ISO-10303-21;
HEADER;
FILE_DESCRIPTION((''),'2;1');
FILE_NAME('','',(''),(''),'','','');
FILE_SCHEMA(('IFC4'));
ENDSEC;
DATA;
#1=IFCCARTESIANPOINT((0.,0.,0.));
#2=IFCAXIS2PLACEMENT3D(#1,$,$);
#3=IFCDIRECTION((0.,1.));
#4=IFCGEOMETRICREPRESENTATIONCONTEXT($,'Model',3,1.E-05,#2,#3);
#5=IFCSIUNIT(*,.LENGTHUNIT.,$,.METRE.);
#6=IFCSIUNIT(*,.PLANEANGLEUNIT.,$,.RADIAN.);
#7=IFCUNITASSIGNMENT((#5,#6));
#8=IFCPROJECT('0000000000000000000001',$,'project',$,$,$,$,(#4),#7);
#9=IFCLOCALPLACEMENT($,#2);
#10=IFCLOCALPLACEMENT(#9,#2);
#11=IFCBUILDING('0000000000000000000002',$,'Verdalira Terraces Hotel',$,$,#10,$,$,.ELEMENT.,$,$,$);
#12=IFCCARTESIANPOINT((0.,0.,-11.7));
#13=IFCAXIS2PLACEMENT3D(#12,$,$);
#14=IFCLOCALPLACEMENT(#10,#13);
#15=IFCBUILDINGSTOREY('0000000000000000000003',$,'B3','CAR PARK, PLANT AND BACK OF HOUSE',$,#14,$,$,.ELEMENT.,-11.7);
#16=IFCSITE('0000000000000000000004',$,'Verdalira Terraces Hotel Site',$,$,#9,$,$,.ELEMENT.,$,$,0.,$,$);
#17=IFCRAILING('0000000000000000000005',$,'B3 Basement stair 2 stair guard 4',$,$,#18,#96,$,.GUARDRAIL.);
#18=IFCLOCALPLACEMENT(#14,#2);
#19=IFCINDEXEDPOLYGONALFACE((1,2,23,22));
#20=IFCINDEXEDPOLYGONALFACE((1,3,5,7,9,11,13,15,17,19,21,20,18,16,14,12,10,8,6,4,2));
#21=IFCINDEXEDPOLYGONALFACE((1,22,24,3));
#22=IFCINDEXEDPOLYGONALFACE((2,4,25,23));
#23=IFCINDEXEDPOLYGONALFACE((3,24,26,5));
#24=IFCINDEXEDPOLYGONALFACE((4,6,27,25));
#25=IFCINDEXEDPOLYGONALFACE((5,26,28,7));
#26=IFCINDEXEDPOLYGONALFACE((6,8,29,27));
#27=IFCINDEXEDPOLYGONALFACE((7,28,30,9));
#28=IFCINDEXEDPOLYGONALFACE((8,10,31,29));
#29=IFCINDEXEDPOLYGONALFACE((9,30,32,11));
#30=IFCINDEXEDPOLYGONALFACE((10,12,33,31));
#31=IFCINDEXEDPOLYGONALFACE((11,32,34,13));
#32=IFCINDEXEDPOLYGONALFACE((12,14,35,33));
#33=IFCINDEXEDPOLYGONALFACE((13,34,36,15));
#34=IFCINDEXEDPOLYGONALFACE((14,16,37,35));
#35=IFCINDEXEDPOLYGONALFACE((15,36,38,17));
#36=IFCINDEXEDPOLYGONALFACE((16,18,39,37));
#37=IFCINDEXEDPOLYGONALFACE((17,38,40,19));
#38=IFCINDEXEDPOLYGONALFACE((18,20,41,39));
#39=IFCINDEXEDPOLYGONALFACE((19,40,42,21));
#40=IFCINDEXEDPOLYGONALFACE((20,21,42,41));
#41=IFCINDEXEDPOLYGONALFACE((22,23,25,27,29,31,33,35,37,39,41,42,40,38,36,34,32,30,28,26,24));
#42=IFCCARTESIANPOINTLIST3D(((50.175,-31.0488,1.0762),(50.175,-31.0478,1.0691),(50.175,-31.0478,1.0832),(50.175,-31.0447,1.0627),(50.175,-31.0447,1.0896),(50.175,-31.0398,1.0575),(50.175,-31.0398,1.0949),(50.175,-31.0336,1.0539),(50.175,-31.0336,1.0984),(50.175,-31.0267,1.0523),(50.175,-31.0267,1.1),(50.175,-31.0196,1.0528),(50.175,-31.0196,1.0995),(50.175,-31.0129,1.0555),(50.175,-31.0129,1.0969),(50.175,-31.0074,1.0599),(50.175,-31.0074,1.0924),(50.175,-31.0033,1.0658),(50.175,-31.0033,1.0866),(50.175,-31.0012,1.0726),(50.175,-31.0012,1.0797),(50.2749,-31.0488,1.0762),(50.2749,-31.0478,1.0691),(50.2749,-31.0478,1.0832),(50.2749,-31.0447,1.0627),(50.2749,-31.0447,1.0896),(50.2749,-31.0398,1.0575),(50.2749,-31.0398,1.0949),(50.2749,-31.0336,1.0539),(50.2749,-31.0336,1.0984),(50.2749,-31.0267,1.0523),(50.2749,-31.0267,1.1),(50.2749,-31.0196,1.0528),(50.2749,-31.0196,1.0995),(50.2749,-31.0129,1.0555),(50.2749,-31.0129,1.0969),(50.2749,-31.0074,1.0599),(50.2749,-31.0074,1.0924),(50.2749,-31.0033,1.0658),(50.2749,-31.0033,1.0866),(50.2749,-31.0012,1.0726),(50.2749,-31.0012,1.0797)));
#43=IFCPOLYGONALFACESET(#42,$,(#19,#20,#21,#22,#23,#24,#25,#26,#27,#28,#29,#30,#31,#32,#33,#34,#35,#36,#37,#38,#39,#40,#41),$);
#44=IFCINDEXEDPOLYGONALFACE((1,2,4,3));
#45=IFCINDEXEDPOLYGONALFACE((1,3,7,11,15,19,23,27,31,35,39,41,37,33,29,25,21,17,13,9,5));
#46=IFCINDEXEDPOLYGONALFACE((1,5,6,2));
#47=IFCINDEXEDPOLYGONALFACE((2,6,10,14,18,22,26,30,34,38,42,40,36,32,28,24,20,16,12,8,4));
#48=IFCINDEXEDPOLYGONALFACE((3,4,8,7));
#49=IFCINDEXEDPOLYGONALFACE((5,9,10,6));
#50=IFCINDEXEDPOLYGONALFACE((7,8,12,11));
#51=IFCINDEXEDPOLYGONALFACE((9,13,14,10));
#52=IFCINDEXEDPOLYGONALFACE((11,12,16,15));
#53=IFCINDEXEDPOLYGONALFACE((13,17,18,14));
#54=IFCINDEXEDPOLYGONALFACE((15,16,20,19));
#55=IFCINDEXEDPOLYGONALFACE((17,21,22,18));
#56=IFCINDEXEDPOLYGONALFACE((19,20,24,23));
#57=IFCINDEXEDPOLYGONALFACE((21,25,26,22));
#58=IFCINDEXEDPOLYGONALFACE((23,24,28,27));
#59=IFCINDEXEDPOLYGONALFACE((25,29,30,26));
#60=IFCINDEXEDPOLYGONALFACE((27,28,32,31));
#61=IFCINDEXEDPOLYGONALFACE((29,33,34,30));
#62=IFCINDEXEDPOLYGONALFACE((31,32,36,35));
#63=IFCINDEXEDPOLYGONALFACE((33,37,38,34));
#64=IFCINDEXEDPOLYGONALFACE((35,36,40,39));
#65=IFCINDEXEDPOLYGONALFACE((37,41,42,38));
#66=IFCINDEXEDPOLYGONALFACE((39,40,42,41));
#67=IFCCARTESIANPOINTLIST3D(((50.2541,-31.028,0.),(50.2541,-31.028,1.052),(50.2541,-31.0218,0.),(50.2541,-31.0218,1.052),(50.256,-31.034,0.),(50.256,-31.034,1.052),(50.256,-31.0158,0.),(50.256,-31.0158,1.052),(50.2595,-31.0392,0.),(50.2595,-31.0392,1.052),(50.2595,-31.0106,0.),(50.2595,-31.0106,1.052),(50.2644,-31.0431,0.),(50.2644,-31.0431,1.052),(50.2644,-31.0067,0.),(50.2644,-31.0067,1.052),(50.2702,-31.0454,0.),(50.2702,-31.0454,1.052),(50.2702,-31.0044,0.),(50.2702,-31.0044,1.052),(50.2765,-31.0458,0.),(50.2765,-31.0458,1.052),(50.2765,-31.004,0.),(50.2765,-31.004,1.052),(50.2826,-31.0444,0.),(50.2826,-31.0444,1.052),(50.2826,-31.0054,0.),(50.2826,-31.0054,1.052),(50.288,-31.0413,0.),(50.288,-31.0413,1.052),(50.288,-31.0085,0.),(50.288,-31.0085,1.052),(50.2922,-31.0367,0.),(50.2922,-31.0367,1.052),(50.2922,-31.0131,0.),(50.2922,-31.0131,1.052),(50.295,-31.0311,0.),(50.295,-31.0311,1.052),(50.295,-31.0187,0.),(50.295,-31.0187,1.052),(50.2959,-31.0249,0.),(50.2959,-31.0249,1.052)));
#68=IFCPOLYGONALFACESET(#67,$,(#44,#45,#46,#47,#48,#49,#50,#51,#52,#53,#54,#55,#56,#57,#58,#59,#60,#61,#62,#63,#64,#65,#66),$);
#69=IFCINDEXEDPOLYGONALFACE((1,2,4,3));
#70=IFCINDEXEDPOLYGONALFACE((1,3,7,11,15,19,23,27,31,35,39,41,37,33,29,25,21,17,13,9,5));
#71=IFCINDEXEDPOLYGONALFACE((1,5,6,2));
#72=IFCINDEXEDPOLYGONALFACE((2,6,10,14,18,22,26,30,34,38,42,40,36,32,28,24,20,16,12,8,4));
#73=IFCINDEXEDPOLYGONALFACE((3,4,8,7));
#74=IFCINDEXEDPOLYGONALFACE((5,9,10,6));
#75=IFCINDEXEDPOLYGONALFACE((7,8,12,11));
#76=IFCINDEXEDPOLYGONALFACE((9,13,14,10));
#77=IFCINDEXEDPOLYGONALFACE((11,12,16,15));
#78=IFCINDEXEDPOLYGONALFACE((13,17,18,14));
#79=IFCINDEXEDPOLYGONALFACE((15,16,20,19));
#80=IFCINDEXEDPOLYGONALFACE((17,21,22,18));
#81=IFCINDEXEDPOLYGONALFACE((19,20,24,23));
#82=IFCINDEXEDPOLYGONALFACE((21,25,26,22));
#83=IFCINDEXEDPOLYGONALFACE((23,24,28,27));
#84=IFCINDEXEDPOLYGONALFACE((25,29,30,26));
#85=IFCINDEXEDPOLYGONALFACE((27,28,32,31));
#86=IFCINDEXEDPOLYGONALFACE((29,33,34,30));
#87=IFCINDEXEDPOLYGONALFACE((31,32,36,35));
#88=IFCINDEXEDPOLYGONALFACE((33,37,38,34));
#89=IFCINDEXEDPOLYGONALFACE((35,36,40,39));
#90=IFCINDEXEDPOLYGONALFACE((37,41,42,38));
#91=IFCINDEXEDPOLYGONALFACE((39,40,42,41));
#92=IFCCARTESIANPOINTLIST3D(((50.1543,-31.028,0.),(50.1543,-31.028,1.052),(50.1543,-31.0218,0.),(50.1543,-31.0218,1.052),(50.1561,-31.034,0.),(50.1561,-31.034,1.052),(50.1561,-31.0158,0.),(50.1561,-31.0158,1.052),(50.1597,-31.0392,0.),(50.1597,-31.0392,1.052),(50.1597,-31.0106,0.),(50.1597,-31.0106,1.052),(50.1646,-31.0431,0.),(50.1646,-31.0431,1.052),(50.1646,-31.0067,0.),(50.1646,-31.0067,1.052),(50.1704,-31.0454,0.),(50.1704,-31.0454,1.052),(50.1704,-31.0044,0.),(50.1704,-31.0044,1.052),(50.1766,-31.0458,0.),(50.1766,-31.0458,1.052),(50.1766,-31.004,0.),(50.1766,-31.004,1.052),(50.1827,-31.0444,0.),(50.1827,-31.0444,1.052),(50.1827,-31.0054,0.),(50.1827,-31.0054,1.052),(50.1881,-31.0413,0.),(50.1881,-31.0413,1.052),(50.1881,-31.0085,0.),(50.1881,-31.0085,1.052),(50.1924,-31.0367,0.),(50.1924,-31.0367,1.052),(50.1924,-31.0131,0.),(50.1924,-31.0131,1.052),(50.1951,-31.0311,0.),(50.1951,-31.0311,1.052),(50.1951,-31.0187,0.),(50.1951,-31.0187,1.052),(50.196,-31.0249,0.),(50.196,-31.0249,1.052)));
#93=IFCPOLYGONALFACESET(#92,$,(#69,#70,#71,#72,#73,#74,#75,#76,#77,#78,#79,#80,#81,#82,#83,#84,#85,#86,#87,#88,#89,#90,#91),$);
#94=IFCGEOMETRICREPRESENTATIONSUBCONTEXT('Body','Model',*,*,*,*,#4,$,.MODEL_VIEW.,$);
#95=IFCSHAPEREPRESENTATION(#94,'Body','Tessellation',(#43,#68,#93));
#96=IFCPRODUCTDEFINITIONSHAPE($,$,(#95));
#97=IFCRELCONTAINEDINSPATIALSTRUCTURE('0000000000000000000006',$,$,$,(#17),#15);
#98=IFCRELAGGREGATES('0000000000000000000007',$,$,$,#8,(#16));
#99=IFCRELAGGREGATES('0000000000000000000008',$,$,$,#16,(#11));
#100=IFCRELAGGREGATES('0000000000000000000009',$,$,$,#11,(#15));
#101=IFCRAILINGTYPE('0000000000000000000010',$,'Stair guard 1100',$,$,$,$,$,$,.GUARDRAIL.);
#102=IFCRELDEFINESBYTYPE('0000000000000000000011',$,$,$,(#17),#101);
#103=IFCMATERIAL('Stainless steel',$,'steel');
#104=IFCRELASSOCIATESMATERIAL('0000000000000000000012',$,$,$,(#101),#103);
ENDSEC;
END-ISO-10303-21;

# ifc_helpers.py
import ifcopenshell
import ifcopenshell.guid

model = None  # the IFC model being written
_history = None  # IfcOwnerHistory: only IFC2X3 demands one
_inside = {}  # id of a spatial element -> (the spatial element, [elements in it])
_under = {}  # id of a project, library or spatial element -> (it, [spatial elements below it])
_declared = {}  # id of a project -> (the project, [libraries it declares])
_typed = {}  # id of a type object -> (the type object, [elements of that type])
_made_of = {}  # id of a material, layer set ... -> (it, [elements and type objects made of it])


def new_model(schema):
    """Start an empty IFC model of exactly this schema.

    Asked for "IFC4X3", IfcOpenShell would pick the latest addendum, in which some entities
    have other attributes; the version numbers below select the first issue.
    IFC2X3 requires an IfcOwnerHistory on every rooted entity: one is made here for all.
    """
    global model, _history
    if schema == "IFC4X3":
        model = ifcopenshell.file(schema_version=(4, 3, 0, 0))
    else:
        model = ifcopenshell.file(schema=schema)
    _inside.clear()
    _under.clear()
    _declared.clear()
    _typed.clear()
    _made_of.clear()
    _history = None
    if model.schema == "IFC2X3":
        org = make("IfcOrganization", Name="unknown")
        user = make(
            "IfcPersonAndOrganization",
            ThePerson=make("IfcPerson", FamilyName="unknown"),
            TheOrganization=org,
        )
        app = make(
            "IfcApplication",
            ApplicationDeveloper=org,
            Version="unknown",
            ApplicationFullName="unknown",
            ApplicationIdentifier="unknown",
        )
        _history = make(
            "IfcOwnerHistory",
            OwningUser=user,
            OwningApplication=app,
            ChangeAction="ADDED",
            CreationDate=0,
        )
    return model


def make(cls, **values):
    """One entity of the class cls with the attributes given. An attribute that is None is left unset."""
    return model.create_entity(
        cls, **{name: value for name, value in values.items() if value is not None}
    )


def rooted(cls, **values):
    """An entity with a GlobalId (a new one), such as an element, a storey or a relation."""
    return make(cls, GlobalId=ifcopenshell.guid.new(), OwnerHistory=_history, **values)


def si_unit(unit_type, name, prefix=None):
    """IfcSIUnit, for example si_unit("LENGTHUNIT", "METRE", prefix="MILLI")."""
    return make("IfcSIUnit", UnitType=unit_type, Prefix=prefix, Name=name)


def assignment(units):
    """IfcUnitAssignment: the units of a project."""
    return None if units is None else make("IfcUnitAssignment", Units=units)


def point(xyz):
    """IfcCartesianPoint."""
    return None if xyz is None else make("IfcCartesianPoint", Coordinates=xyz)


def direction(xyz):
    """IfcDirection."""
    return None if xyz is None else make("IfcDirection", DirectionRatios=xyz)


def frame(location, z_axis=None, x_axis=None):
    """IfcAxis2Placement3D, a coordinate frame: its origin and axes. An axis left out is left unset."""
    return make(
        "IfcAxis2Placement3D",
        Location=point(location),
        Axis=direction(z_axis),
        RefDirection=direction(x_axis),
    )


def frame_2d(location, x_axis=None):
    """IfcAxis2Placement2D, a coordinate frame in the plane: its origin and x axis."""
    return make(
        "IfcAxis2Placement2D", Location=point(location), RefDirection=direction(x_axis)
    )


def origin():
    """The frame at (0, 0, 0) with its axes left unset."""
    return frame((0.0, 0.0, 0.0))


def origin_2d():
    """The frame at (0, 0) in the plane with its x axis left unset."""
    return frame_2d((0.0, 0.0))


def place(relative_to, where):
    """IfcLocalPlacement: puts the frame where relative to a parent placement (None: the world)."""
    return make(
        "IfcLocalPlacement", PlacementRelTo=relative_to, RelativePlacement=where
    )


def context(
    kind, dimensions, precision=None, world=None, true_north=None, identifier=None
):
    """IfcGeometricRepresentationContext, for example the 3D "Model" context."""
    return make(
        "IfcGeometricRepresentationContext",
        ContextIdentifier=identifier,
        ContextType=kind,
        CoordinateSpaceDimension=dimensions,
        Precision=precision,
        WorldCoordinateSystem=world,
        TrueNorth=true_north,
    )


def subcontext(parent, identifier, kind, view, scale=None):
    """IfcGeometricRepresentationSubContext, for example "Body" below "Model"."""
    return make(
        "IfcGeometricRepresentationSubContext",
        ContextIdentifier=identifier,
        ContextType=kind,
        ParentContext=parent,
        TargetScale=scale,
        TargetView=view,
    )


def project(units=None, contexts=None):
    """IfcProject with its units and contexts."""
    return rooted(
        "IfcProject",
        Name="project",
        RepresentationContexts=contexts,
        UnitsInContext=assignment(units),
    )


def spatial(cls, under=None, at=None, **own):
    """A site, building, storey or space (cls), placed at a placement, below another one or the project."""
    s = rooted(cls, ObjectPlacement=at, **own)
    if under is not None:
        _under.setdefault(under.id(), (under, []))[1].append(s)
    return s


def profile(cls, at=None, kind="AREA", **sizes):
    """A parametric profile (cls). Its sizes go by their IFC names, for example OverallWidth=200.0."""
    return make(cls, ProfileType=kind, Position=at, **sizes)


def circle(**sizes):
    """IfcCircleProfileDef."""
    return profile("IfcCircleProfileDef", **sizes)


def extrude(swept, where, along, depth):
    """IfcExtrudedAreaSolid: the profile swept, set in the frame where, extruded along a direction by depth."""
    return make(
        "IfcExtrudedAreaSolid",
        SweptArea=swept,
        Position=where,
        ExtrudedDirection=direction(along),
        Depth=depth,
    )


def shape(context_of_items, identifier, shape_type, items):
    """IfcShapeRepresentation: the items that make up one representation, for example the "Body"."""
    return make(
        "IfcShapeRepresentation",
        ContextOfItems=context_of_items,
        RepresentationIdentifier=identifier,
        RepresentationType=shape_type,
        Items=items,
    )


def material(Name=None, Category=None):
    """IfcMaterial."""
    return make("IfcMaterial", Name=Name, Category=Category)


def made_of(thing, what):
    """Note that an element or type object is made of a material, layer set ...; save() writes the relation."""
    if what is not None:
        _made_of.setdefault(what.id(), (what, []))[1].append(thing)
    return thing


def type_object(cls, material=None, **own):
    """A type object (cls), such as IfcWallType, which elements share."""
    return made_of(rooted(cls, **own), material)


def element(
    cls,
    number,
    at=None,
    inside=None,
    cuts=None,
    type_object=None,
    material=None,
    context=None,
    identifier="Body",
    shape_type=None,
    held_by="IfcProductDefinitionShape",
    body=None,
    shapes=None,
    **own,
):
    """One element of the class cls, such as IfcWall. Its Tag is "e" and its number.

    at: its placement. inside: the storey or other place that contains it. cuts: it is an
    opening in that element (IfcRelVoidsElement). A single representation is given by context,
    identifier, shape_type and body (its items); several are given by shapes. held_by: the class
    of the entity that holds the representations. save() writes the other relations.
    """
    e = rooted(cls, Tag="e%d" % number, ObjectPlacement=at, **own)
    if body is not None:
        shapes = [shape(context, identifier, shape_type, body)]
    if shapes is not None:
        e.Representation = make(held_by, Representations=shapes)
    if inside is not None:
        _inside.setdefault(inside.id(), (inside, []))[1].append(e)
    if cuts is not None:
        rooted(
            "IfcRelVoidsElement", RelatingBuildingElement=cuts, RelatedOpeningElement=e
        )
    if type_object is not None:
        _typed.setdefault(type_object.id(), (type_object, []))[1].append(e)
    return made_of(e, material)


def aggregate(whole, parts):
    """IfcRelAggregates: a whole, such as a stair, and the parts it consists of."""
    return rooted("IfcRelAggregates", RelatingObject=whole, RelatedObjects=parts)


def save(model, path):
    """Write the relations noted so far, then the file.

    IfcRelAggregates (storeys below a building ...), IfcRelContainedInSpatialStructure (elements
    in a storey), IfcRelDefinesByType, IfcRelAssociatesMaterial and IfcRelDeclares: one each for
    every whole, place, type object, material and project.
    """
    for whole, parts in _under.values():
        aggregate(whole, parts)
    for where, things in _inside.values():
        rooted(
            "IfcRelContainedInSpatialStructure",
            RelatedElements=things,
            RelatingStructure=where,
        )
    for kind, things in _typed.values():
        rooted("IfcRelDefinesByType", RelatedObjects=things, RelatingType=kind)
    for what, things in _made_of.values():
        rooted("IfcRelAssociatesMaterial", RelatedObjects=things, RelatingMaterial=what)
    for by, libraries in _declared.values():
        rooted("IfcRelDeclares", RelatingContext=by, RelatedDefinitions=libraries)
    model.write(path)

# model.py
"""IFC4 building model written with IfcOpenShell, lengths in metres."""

from ifc_helpers import new_model, si_unit, direction, frame, origin, origin_2d, place, context, subcontext, project, spatial, circle, extrude, material, type_object, element, save


model = new_model("IFC4")

# Units and contexts
model_context = context("Model", 3, precision=1e-05, world=origin(), true_north=direction((0.0, 1.0)))
body_context = subcontext(model_context, "Body", "Model", "MODEL_VIEW")
ifc_project = project(units=[si_unit("LENGTHUNIT", "METRE"), si_unit("PLANEANGLEUNIT", "RADIAN")], contexts=[model_context])

# Site, building, storey
site_placement = place(None, origin())
site = spatial("IfcSite", under=ifc_project, at=site_placement, Name="Verdalira Terraces Hotel Site", CompositionType="ELEMENT", RefElevation=0.0)
building_placement = place(site_placement, origin())
building = spatial("IfcBuilding", under=site, at=building_placement, Name="Verdalira Terraces Hotel", CompositionType="ELEMENT")
storey_placement = place(building_placement, frame((0.0, 0.0, -11.7)))
storey = spatial("IfcBuildingStorey", under=building, at=storey_placement, Name="B3", Description="CAR PARK, PLANT AND BACK OF HOUSE", CompositionType="ELEMENT", Elevation=-11.7)

# Railing
ifc_material_1 = material(Name="Stainless steel", Category="steel")
railing_type_1 = type_object("IfcRailingType", Name="Stair guard 1100", PredefinedType="GUARDRAIL", material=ifc_material_1)
railing_1_placement = place(storey_placement, frame((50.2749, -31.0249, 0.0)))
element("IfcRailing", 1, at=railing_1_placement, inside=storey, type_object=railing_type_1, Name="B3 Basement stair 2 stair guard 4", PredefinedType="GUARDRAIL", context=body_context, shape_type="SweptSolid", body=[
    extrude(circle(Radius=0.0239, at=origin_2d()), frame((0.0, 0.0, 1.0762), z_axis=(-1.0, 0.0, 0.0), x_axis=(0.0, -1.0, 0.0)), (0.0, 0.0, 1.0), 0.0999),
    extrude(circle(Radius=0.021, at=origin_2d()), origin(), (0.0, 0.0, 1.0), 1.052),
    extrude(circle(Radius=0.021, at=origin_2d()), frame((-0.0999, 0.0, 0.0)), (0.0, 0.0, 1.0), 1.052),
])

save(model, "model.ifc")
